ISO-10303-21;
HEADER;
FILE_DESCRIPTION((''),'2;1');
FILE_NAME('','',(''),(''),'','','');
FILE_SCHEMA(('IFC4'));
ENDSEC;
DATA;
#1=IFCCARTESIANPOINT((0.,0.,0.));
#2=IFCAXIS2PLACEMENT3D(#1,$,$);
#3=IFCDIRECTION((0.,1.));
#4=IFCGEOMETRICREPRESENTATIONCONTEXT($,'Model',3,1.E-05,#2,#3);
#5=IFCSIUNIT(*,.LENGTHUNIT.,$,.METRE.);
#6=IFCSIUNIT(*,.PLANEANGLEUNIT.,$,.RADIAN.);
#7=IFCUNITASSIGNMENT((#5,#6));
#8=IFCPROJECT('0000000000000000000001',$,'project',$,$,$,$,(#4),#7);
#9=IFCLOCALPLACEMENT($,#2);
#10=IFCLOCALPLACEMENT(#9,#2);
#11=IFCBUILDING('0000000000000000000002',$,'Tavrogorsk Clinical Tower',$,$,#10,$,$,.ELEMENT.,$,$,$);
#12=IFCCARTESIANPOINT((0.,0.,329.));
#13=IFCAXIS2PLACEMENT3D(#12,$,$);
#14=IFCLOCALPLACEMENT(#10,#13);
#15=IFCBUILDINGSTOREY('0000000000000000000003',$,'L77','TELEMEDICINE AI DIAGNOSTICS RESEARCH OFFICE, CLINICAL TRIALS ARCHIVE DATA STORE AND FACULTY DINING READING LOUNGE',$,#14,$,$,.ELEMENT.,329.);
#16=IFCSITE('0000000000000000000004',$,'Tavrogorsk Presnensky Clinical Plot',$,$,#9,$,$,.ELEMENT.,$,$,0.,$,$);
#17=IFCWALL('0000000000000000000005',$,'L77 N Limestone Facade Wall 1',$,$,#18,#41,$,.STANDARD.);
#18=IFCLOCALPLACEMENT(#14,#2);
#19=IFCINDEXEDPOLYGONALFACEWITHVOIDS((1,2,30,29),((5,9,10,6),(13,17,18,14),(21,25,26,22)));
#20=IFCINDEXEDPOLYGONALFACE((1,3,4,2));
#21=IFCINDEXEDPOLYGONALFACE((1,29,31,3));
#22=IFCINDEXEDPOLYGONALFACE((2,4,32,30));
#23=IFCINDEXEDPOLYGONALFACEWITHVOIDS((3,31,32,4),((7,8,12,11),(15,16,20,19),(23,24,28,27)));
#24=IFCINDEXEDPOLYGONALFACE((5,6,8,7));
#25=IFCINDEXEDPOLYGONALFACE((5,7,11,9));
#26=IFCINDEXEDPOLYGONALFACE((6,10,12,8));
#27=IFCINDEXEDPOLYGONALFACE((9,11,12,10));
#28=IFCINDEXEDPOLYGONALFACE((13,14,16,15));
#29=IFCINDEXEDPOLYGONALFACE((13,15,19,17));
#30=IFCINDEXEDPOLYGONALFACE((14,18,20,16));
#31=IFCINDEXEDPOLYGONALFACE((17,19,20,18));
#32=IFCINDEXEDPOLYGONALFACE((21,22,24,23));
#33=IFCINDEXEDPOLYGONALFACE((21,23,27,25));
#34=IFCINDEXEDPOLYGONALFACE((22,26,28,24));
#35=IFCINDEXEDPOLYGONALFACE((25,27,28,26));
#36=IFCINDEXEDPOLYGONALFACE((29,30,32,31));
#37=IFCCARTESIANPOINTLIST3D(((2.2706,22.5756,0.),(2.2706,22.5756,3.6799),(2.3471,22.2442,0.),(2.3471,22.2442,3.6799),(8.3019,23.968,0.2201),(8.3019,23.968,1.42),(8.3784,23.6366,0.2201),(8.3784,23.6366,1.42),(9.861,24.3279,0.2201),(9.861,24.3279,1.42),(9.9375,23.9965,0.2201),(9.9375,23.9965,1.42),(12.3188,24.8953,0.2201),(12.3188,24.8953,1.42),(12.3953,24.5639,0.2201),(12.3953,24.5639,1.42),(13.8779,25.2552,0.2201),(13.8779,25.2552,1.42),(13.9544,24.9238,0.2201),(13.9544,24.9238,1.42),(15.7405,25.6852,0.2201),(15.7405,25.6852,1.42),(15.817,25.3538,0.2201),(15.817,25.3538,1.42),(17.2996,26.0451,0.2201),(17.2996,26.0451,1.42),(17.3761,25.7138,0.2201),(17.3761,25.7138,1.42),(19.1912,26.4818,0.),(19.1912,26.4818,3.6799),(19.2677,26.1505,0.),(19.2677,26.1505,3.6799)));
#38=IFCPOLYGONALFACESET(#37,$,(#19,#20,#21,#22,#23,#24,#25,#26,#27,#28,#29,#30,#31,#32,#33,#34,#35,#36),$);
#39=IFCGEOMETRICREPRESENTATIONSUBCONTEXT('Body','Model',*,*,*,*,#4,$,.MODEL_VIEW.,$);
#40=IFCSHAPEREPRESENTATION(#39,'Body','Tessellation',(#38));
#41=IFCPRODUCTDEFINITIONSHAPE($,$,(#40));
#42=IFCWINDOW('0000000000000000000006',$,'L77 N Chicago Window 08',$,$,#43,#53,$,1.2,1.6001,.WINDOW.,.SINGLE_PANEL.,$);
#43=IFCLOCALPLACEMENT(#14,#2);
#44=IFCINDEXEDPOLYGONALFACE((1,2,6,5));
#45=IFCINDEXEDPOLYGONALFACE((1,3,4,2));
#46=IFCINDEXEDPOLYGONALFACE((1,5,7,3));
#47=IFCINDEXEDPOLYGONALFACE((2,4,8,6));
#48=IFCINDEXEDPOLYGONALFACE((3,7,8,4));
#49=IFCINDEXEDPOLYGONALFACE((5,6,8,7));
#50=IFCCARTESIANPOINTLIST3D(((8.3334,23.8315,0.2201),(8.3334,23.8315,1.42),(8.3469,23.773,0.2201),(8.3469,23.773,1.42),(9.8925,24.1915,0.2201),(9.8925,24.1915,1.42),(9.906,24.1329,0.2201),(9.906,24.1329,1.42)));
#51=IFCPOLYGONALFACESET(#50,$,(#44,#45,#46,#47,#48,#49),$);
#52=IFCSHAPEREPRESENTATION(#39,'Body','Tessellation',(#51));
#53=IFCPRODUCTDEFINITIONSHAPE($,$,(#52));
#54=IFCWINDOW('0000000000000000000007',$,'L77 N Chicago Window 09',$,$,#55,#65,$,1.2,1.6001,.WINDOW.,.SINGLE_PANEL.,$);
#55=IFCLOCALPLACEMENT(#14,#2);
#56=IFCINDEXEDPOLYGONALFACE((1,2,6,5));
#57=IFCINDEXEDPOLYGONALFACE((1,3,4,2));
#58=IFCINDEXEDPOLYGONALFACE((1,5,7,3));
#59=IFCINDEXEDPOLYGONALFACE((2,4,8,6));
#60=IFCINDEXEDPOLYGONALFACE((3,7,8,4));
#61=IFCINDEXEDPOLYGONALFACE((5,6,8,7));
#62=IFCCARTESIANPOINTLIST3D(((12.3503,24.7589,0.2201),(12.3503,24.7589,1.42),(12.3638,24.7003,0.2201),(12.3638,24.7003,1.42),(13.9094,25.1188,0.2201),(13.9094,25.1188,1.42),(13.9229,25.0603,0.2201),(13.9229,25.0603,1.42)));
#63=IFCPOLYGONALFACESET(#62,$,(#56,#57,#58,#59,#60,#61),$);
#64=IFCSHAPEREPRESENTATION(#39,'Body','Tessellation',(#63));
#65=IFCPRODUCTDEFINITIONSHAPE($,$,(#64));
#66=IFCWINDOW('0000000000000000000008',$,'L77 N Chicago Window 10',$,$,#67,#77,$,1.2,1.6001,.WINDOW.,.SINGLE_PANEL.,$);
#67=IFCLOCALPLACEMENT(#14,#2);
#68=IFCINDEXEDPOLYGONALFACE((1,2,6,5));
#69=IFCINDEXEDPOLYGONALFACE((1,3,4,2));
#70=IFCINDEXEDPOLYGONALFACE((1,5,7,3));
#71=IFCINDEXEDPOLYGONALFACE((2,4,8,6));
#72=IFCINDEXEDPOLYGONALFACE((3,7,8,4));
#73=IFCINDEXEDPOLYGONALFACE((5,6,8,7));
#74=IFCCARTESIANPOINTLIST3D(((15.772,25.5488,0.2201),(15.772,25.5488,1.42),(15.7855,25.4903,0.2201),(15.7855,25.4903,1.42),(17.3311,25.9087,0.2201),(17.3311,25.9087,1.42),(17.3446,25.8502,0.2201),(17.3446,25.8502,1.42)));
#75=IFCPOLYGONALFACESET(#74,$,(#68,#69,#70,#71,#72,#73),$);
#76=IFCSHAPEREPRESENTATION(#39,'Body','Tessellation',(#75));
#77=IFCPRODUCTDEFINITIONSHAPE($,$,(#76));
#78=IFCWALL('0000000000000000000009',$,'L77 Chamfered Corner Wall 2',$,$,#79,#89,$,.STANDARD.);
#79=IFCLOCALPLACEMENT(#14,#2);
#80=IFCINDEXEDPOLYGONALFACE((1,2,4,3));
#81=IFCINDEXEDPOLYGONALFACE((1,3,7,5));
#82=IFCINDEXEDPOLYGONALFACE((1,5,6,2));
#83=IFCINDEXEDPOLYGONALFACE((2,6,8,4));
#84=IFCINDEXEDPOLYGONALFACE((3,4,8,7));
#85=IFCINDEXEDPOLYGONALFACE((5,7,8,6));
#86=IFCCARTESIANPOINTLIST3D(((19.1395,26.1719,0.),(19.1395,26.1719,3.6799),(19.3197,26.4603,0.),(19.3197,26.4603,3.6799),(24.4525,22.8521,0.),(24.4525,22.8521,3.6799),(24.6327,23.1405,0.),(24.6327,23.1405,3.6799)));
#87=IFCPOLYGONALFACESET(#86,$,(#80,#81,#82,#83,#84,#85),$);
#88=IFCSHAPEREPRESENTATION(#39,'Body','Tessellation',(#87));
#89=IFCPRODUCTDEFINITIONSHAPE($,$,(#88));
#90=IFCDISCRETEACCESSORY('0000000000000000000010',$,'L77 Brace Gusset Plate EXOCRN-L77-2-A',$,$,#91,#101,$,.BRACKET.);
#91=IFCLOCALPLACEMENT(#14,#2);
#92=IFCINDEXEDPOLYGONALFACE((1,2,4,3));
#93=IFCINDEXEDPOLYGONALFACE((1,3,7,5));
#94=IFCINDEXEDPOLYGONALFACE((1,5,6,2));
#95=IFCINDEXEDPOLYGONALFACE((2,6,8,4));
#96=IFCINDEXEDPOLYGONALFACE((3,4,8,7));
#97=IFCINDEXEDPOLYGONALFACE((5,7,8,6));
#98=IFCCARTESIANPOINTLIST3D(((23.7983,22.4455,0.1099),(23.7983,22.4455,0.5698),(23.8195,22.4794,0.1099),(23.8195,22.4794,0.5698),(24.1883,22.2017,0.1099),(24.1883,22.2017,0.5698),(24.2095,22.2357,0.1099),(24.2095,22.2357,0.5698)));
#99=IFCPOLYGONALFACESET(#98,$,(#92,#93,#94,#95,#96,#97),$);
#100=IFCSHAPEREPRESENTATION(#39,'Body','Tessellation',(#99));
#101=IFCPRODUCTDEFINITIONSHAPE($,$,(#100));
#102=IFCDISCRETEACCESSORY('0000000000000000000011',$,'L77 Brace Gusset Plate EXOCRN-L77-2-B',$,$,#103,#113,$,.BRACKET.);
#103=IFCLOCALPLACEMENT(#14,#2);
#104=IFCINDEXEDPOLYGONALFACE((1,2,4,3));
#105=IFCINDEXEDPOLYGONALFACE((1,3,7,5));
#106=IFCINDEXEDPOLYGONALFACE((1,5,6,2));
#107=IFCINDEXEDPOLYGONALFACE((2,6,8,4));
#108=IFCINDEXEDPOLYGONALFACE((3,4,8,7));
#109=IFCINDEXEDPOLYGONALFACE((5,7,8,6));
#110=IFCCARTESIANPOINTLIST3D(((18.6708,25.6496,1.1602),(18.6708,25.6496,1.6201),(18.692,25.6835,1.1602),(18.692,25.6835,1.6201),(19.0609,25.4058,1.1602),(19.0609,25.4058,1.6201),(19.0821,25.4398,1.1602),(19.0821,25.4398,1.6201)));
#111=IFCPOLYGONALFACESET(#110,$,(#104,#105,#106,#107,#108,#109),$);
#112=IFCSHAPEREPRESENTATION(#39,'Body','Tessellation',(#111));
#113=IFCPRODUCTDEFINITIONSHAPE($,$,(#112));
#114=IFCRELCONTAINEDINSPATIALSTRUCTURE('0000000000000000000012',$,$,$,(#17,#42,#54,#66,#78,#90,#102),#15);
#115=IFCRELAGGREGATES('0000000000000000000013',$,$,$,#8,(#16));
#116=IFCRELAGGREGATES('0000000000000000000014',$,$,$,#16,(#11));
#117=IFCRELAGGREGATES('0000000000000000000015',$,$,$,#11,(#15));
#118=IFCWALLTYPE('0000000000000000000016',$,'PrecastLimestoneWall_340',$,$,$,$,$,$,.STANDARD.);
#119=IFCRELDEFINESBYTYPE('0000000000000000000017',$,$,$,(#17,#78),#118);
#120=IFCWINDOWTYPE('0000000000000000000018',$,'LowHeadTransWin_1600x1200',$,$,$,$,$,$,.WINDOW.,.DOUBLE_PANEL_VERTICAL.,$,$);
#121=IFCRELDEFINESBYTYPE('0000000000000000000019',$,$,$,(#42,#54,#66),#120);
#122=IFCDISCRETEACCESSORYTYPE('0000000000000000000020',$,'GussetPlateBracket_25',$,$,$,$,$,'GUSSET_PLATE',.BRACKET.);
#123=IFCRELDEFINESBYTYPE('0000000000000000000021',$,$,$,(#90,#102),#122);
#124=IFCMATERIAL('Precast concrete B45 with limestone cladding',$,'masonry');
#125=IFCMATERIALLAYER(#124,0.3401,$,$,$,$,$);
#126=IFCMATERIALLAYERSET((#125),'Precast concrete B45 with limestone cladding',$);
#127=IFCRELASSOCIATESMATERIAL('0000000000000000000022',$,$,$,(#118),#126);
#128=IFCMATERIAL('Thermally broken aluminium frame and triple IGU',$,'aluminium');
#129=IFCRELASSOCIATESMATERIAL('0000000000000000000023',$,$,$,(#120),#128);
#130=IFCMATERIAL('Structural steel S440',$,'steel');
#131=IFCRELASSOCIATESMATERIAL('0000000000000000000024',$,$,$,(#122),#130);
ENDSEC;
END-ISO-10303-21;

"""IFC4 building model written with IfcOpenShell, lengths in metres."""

from ifc_helpers import new_model, si_unit, direction, frame, frame_2d, origin, origin_2d, place, context, subcontext, project, spatial, rectangle, extrude, material, layer, layer_set, type_object, element, fill, save


model = new_model("IFC4")

# Units and contexts
model_context = context("Model", 3, precision=1e-05, world=origin(), true_north=direction((0.0, 1.0)))
body_context = subcontext(model_context, "Body", "Model", "MODEL_VIEW")
ifc_project = project(units=[si_unit("LENGTHUNIT", "METRE"), si_unit("PLANEANGLEUNIT", "RADIAN")], contexts=[model_context])

# Site, building, storey
site_placement = place(None, origin())
site = spatial("IfcSite", under=ifc_project, at=site_placement, Name="Tavrogorsk Presnensky Clinical Plot", CompositionType="ELEMENT", RefElevation=0.0)
building_placement = place(site_placement, origin())
building = spatial("IfcBuilding", under=site, at=building_placement, Name="Tavrogorsk Clinical Tower", CompositionType="ELEMENT")
storey_placement = place(building_placement, frame((0.0, 0.0, 329.0)))
storey = spatial("IfcBuildingStorey", under=building, at=storey_placement, Name="L77", Description="TELEMEDICINE AI DIAGNOSTICS RESEARCH OFFICE, CLINICAL TRIALS ARCHIVE DATA STORE AND FACULTY DINING READING LOUNGE", CompositionType="ELEMENT", Elevation=329.0)

# Wall, openings, windows
ifc_material_1 = material(Name="Precast concrete B45 with limestone cladding", Category="masonry")
ifc_layer_1 = layer(ifc_material_1, 0.3401)
ifc_layer_set_1 = layer_set([ifc_layer_1], Name="Precast concrete B45 with limestone cladding")
wall_type_1 = type_object("IfcWallType", Name="PrecastLimestoneWall_340", PredefinedType="STANDARD", material=ifc_layer_set_1)
wall_1_placement = place(storey_placement, frame((19.2295, 26.3162, 0.0), z_axis=(0.0, 0.0, 1.0), x_axis=(-0.974372, -0.224941, 0.0)))
wall_1 = element("IfcWall", 1, at=wall_1_placement, inside=storey, type_object=wall_type_1, Name="L77 N Limestone Facade Wall 1", PredefinedType="STANDARD", context=body_context, shape_type="SweptSolid", body=[
    extrude(rectangle(XDim=17.3657, YDim=0.3401, at=frame_2d((8.6829, 0.0))), origin(), (0.0, 0.0, 1.0), 3.6799),
])
opening_1_placement = place(wall_1_placement, frame((9.5757, 0.0, 0.22)))
opening_1 = element("IfcOpeningElement", 2, at=opening_1_placement, cuts=wall_1, PredefinedType="OPENING", context=body_context, shape_type="SweptSolid", body=[
    extrude(rectangle(XDim=1.6001, YDim=1.2, at=frame_2d((0.8, 0.6001))), frame((0.0, 0.1799, 0.0), z_axis=(0.0, -1.0, 0.0), x_axis=(1.0, 0.0, 0.0)), (0.0, 0.0, 1.0), 0.3601),
])
opening_2_placement = place(wall_1_placement, frame((5.4531, 0.0, 0.22)))
opening_2 = element("IfcOpeningElement", 3, at=opening_2_placement, cuts=wall_1, PredefinedType="OPENING", context=body_context, shape_type="SweptSolid", body=[
    extrude(rectangle(XDim=1.6001, YDim=1.2, at=frame_2d((0.8, 0.6001))), frame((0.0, 0.1799, 0.0), z_axis=(0.0, -1.0, 0.0), x_axis=(1.0, 0.0, 0.0)), (0.0, 0.0, 1.0), 0.3601),
])
opening_3_placement = place(wall_1_placement, frame((1.9414, 0.0, 0.22)))
opening_3 = element("IfcOpeningElement", 4, at=opening_3_placement, cuts=wall_1, PredefinedType="OPENING", context=body_context, shape_type="SweptSolid", body=[
    extrude(rectangle(XDim=1.6001, YDim=1.2, at=frame_2d((0.8, 0.6001))), frame((0.0, 0.1799, 0.0), z_axis=(0.0, -1.0, 0.0), x_axis=(1.0, 0.0, 0.0)), (0.0, 0.0, 1.0), 0.3601),
])
ifc_material_2 = material(Name="Thermally broken aluminium frame and triple IGU", Category="aluminium")
window_type = type_object("IfcWindowType", Name="LowHeadTransWin_1600x1200", PartitioningType="DOUBLE_PANEL_VERTICAL", PredefinedType="WINDOW", material=ifc_material_2)
window_1_placement = place(opening_1_placement, origin())
window_1 = element("IfcWindow", 5, at=window_1_placement, inside=storey, type_object=window_type, Name="L77 N Chicago Window 08", OverallHeight=1.2, OverallWidth=1.6001, PartitioningType="SINGLE_PANEL", PredefinedType="WINDOW", context=body_context, shape_type="SweptSolid", body=[
    extrude(rectangle(XDim=1.6001, YDim=1.2, at=frame_2d((0.8, 0.6001))), frame((0.0, 0.03, 0.0), z_axis=(0.0, -1.0, 0.0), x_axis=(1.0, 0.0, 0.0)), (0.0, 0.0, 1.0), 0.0601),
])
fill(opening_1, window_1)
window_2_placement = place(opening_2_placement, origin())
window_2 = element("IfcWindow", 6, at=window_2_placement, inside=storey, type_object=window_type, Name="L77 N Chicago Window 09", OverallHeight=1.2, OverallWidth=1.6001, PartitioningType="SINGLE_PANEL", PredefinedType="WINDOW", context=body_context, shape_type="SweptSolid", body=[
    extrude(rectangle(XDim=1.6001, YDim=1.2, at=frame_2d((0.8, 0.6001))), frame((0.0, 0.03, 0.0), z_axis=(0.0, -1.0, 0.0), x_axis=(1.0, 0.0, 0.0)), (0.0, 0.0, 1.0), 0.0601),
])
fill(opening_2, window_2)
window_3_placement = place(opening_3_placement, origin())
window_3 = element("IfcWindow", 7, at=window_3_placement, inside=storey, type_object=window_type, Name="L77 N Chicago Window 10", OverallHeight=1.2, OverallWidth=1.6001, PartitioningType="SINGLE_PANEL", PredefinedType="WINDOW", context=body_context, shape_type="SweptSolid", body=[
    extrude(rectangle(XDim=1.6001, YDim=1.2, at=frame_2d((0.8, 0.6001))), frame((0.0, 0.03, 0.0), z_axis=(0.0, -1.0, 0.0), x_axis=(1.0, 0.0, 0.0)), (0.0, 0.0, 1.0), 0.0601),
])
fill(opening_3, window_3)

# Wall
wall_2_placement = place(storey_placement, frame((24.5425, 22.9963, 0.0), z_axis=(0.0, 0.0, 1.0), x_axis=(-0.848055, 0.529908, 0.0)))
element("IfcWall", 8, at=wall_2_placement, inside=storey, type_object=wall_type_1, Name="L77 Chamfered Corner Wall 2", PredefinedType="STANDARD", context=body_context, shape_type="SweptSolid", body=[
    extrude(rectangle(XDim=6.2649, YDim=0.3401, at=frame_2d((3.1323, 0.0))), origin(), (0.0, 0.0, 1.0), 3.6799),
])

# Discrete accessories
ifc_material_3 = material(Name="Structural steel S440", Category="steel")
discrete_accessory_type = type_object("IfcDiscreteAccessoryType", Name="GussetPlateBracket_25", ElementType="GUSSET_PLATE", PredefinedType="BRACKET", material=ifc_material_3)
for number, where, z_axis, x_axis, name in (
    (9, (24.0039, 22.3406, 0.1099), (0.0, 0.0, 1.0), (-0.848048, 0.529919, 0.0), "L77 Brace Gusset Plate EXOCRN-L77-2-A"),
    (10, (18.8765, 25.5447, 1.1602), (0.0, 0.0, 1.0), (-0.848048, 0.529919, 0.0), "L77 Brace Gusset Plate EXOCRN-L77-2-B"),
):
    element("IfcDiscreteAccessory", number, at=place(storey_placement, frame(where, z_axis=z_axis, x_axis=x_axis)), inside=storey, type_object=discrete_accessory_type, Name=name, PredefinedType="BRACKET", context=body_context, shape_type="SweptSolid", body=[
        extrude(rectangle(XDim=0.46, YDim=0.04, at=origin_2d()), origin(), (0.0, 0.0, 1.0), 0.46),
    ])

save(model, "model.ifc")
